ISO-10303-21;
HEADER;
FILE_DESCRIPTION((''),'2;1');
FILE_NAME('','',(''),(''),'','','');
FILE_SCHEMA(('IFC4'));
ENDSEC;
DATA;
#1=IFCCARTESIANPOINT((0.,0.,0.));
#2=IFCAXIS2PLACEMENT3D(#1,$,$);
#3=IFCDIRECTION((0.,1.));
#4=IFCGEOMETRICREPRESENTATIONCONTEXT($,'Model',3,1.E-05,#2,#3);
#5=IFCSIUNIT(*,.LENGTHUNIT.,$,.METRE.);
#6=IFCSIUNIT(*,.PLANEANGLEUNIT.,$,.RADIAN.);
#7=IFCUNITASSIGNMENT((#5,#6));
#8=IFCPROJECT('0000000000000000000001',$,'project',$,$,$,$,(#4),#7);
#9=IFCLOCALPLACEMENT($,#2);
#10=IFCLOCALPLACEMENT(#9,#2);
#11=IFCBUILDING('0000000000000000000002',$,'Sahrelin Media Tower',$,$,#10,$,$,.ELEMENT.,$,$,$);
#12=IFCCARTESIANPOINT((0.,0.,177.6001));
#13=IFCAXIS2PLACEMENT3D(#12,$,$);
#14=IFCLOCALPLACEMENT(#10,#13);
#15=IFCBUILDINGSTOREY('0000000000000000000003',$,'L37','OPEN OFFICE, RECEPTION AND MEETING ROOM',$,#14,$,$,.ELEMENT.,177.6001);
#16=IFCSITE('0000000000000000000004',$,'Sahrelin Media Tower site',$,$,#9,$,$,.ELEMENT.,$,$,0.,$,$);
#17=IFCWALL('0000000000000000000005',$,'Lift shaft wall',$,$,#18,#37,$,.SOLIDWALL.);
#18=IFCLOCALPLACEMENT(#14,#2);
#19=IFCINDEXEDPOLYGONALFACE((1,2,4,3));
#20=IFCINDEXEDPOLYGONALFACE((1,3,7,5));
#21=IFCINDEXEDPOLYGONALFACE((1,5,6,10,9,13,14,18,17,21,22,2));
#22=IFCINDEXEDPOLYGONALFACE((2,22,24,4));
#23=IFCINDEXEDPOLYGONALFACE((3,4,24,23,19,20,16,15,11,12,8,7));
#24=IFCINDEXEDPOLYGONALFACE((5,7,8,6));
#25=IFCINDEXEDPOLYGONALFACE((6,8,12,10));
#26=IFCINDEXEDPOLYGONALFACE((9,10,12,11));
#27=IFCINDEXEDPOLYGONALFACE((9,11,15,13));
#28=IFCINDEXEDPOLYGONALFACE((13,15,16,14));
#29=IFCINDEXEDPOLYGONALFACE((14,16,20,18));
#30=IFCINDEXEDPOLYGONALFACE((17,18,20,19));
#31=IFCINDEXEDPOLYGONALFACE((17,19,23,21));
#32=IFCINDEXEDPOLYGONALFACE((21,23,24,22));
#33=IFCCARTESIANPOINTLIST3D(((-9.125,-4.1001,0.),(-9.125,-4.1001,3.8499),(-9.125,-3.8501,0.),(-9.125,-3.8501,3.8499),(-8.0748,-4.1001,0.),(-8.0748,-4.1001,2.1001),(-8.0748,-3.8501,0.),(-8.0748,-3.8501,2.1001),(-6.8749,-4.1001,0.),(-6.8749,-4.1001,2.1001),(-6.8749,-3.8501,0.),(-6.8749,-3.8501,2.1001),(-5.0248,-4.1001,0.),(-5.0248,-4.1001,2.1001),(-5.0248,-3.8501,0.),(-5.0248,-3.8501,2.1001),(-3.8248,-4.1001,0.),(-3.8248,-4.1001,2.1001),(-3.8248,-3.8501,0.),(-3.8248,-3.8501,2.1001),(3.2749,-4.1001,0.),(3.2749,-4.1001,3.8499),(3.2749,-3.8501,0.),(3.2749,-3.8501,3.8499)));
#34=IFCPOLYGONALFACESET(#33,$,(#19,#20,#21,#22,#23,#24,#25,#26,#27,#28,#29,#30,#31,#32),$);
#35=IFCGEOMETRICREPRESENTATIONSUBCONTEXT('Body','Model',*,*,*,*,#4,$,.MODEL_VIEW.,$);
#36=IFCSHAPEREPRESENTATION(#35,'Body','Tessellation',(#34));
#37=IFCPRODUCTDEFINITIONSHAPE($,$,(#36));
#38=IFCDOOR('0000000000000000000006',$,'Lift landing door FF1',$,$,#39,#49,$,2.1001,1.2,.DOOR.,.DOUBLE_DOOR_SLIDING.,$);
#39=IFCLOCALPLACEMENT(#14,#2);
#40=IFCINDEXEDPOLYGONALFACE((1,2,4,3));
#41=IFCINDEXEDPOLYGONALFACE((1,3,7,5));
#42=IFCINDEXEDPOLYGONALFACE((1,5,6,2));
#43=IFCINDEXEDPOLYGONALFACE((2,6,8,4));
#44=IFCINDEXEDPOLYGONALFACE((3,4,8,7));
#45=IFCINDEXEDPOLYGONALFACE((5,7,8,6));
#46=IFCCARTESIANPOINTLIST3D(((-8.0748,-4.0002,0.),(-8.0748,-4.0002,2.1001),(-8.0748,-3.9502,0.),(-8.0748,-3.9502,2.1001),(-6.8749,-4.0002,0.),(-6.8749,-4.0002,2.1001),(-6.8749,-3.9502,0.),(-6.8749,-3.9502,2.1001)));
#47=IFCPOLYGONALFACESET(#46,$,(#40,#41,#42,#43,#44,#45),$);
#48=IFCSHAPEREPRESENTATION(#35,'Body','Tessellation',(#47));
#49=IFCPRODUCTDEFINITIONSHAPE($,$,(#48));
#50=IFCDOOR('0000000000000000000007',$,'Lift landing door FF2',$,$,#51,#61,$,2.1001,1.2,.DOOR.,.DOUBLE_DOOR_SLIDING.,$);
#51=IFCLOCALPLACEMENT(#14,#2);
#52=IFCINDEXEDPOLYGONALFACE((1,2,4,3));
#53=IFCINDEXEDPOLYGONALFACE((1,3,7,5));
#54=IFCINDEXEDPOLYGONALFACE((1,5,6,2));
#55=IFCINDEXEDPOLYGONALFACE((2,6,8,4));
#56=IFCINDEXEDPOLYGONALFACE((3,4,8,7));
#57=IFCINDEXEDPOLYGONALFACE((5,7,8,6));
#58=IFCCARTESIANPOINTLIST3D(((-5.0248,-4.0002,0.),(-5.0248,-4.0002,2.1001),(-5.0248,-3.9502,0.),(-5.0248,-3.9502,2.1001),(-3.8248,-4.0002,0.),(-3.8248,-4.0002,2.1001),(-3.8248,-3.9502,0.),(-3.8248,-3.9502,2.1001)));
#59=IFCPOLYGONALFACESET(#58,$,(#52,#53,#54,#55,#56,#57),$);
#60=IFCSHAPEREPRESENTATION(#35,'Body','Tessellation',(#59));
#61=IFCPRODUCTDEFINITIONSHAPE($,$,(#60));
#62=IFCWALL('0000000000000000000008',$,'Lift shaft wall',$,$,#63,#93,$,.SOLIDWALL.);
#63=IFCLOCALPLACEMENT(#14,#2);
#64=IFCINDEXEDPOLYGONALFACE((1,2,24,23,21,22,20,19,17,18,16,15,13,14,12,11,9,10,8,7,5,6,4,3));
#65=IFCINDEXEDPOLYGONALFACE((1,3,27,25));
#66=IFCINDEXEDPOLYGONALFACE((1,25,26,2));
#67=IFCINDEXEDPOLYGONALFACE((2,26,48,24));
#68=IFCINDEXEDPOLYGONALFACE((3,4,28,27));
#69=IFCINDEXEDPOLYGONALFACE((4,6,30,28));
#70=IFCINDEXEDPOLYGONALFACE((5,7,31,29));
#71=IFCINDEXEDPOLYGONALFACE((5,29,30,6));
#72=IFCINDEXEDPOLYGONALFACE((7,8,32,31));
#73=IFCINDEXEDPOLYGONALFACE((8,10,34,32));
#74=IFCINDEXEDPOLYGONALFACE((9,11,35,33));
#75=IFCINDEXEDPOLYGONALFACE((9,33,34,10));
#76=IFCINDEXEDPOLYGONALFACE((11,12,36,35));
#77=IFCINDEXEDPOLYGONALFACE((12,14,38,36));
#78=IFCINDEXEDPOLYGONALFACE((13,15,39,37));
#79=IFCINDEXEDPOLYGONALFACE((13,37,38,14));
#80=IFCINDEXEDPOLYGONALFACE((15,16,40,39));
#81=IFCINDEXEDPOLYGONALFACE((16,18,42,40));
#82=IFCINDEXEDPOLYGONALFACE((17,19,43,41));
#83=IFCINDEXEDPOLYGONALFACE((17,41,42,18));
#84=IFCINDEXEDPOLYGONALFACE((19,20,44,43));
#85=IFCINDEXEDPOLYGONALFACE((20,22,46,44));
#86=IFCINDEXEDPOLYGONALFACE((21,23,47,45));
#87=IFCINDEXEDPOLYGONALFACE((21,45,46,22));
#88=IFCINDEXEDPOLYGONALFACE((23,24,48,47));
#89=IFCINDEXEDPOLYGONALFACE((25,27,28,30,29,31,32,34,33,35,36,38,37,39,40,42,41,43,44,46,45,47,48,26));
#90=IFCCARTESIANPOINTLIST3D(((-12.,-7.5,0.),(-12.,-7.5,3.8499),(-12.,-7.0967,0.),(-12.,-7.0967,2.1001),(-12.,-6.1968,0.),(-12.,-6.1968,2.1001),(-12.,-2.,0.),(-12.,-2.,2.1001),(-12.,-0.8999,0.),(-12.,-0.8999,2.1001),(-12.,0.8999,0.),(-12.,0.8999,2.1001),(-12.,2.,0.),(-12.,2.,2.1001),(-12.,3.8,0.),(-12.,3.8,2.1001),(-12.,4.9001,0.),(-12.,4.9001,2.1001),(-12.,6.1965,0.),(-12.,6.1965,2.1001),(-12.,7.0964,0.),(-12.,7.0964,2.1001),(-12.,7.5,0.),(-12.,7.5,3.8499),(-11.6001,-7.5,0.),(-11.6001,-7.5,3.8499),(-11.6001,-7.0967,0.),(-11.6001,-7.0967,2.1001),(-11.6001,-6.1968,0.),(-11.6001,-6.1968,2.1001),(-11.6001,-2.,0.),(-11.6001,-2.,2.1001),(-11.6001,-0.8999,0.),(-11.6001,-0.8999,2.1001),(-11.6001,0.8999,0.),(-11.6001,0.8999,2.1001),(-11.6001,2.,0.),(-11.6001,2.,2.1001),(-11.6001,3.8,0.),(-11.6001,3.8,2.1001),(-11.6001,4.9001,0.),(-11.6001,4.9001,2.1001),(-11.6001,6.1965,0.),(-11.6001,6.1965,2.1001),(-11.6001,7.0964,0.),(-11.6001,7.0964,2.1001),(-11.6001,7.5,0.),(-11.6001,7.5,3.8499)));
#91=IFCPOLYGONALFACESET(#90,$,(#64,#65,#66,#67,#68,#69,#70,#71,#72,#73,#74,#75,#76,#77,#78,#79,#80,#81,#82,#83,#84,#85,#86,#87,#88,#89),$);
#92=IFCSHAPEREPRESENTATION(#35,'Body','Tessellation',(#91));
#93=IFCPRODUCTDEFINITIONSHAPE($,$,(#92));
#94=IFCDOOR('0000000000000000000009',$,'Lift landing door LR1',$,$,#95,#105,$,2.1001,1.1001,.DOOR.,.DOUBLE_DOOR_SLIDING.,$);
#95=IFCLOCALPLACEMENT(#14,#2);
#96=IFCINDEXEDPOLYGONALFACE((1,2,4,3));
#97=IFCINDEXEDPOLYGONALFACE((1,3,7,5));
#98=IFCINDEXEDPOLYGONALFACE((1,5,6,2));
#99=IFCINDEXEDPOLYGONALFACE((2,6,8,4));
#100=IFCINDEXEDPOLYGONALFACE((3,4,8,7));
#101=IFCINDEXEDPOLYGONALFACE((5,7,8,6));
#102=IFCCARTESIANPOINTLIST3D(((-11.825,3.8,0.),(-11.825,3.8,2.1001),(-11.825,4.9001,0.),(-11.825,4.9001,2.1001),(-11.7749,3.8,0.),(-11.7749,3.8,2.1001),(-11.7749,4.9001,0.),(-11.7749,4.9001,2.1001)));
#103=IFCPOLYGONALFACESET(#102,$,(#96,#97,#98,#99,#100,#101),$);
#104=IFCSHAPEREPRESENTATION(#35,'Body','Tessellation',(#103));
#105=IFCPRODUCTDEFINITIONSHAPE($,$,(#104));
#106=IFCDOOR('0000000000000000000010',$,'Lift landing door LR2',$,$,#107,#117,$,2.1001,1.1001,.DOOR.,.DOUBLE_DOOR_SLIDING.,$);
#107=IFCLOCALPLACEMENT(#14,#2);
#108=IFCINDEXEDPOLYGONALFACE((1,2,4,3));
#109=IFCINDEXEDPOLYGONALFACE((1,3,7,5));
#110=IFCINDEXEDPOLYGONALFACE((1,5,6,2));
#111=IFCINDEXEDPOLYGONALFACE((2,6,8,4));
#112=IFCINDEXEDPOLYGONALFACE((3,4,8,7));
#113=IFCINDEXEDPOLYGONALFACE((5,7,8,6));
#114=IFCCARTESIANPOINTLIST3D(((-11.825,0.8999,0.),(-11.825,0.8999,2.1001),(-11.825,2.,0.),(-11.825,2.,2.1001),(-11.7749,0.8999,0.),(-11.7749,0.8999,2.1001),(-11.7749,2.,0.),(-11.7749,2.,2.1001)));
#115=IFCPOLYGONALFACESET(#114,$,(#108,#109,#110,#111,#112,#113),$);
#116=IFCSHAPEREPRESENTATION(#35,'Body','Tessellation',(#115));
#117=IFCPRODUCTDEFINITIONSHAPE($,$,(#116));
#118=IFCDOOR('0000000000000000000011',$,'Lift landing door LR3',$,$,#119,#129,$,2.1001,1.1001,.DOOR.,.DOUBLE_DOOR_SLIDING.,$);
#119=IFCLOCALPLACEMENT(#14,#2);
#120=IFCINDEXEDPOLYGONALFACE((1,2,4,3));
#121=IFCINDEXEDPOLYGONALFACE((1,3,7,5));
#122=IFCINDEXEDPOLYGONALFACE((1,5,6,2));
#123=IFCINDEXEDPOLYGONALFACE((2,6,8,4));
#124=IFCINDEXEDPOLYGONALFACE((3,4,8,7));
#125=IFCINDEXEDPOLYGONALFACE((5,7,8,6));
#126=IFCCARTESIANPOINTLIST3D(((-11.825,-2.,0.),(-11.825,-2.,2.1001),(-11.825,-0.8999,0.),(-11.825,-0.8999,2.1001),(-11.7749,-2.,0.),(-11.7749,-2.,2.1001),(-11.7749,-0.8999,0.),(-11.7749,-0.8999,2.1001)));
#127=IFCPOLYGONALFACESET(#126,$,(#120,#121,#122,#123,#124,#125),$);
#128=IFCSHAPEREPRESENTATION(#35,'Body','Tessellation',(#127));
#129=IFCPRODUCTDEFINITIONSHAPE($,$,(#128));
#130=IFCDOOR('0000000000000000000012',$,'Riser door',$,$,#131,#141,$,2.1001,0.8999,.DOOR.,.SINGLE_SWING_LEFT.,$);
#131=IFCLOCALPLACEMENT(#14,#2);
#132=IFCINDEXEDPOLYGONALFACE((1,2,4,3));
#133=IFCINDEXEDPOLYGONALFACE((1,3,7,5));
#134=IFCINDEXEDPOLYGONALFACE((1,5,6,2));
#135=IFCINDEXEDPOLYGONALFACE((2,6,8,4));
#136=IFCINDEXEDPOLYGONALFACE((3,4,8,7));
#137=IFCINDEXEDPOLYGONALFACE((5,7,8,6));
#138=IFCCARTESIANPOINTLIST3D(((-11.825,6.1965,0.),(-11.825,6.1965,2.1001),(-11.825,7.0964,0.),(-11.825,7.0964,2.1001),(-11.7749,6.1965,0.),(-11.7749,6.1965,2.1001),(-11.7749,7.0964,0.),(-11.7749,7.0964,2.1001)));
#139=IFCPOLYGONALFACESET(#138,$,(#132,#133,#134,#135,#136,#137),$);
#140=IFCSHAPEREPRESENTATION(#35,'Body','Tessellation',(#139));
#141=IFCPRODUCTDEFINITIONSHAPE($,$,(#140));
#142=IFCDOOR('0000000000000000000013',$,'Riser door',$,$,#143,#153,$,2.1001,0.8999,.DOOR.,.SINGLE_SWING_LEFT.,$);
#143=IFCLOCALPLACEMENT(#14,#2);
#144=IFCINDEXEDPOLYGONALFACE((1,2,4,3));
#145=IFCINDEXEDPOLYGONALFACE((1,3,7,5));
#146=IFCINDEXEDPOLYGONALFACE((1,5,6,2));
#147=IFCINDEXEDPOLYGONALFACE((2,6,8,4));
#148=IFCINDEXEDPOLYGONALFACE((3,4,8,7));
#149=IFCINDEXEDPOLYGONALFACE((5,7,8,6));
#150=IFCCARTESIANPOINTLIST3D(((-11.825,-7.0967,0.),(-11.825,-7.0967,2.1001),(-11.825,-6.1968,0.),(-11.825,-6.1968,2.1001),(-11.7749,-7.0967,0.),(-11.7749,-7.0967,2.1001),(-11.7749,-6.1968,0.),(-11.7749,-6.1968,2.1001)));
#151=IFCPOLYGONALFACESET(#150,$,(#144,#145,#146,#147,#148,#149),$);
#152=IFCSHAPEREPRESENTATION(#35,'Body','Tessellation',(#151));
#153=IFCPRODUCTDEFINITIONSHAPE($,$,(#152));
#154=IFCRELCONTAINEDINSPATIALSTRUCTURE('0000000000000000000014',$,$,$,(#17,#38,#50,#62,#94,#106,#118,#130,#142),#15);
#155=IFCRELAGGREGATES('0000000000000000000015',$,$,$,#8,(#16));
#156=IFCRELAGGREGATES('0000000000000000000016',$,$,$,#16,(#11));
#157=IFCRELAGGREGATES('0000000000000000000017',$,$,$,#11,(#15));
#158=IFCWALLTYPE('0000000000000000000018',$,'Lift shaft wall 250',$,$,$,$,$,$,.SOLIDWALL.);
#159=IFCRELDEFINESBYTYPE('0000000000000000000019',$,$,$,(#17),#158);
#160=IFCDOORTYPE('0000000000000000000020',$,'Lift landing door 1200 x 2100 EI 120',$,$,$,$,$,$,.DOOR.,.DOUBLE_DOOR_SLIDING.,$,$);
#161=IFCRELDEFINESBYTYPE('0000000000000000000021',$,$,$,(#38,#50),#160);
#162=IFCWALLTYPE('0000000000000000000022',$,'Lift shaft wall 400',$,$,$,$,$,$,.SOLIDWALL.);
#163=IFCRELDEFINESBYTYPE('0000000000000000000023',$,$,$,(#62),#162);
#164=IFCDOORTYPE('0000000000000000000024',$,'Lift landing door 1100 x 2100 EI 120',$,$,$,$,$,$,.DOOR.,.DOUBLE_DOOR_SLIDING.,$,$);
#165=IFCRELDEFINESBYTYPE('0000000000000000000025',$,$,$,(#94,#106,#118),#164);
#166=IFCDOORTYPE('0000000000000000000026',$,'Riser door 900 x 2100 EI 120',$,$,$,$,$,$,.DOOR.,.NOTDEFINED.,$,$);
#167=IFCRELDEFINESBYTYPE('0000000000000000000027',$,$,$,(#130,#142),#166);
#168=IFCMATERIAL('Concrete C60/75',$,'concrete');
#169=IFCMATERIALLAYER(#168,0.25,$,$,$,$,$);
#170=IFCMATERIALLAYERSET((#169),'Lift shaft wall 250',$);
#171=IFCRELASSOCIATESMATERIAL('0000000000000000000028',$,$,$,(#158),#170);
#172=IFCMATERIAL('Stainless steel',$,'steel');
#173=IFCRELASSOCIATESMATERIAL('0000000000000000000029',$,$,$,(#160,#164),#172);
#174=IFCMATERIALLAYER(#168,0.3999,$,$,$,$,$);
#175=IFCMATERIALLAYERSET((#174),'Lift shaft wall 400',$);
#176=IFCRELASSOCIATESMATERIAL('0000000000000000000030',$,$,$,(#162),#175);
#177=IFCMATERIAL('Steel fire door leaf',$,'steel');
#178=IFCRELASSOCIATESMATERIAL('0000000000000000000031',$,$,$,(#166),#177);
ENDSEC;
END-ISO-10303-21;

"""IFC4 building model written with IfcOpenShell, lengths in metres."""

from ifc_helpers import new_model, si_unit, direction, frame, frame_2d, origin, place, context, subcontext, project, spatial, rectangle, extrude, material, layer, layer_set, type_object, element, fill, save


model = new_model("IFC4")

# Units and contexts
model_context = context("Model", 3, precision=1e-05, world=origin(), true_north=direction((0.0, 1.0)))
body_context = subcontext(model_context, "Body", "Model", "MODEL_VIEW")
ifc_project = project(units=[si_unit("LENGTHUNIT", "METRE"), si_unit("PLANEANGLEUNIT", "RADIAN")], contexts=[model_context])

# Site, building, storey
site_placement = place(None, origin())
site = spatial("IfcSite", under=ifc_project, at=site_placement, Name="Sahrelin Media Tower site", CompositionType="ELEMENT", RefElevation=0.0)
building_placement = place(site_placement, origin())
building = spatial("IfcBuilding", under=site, at=building_placement, Name="Sahrelin Media Tower", CompositionType="ELEMENT")
storey_placement = place(building_placement, frame((0.0, 0.0, 177.6001)))
storey = spatial("IfcBuildingStorey", under=building, at=storey_placement, Name="L37", Description="OPEN OFFICE, RECEPTION AND MEETING ROOM", CompositionType="ELEMENT", Elevation=177.6001)

# Shared definitions
ifc_material_1 = material(Name="Concrete C60/75", Category="concrete")
ifc_material_2 = material(Name="Steel fire door leaf", Category="steel")

# Walls, openings, doors
ifc_layer_1 = layer(ifc_material_1, 0.25)
ifc_layer_set_1 = layer_set([ifc_layer_1], Name="Lift shaft wall 250")
wall_type_1 = type_object("IfcWallType", Name="Lift shaft wall 250", PredefinedType="SOLIDWALL", material=ifc_layer_set_1)
wall_1_placement = place(storey_placement, frame((-9.125, -3.9751, 0.0), z_axis=(0.0, 0.0, 1.0), x_axis=(1.0, 0.0, 0.0)))
wall_1 = element("IfcWall", 1, at=wall_1_placement, inside=storey, type_object=wall_type_1, Name="Lift shaft wall", PredefinedType="SOLIDWALL", context=body_context, shape_type="SweptSolid", body=[
    extrude(rectangle(XDim=12.3999, YDim=0.25, at=frame_2d((6.2, 0.0))), origin(), (0.0, 0.0, 1.0), 3.8499),
])
opening_1_placement = place(wall_1_placement, frame((1.05, 0.0, 0.0)))
opening_1 = element("IfcOpeningElement", 2, at=opening_1_placement, cuts=wall_1, PredefinedType="OPENING", context=body_context, shape_type="SweptSolid", body=[
    extrude(rectangle(XDim=1.2, YDim=2.1001, at=frame_2d((0.6001, 1.05))), frame((0.0, 0.125, 0.0), z_axis=(0.0, -1.0, 0.0), x_axis=(1.0, 0.0, 0.0)), (0.0, 0.0, 1.0), 0.25),
])
opening_2_placement = place(wall_1_placement, frame((4.1001, 0.0, 0.0)))
opening_2 = element("IfcOpeningElement", 3, at=opening_2_placement, cuts=wall_1, PredefinedType="OPENING", context=body_context, shape_type="SweptSolid", body=[
    extrude(rectangle(XDim=1.2, YDim=2.1001, at=frame_2d((0.6001, 1.05))), frame((0.0, 0.125, 0.0), z_axis=(0.0, -1.0, 0.0), x_axis=(1.0, 0.0, 0.0)), (0.0, 0.0, 1.0), 0.25),
])
ifc_material_3 = material(Name="Stainless steel", Category="steel")
door_type_1 = type_object("IfcDoorType", Name="Lift landing door 1200 x 2100 EI 120", OperationType="DOUBLE_DOOR_SLIDING", PredefinedType="DOOR", material=ifc_material_3)
door_1_placement = place(opening_1_placement, origin())
door_1 = element("IfcDoor", 4, at=door_1_placement, inside=storey, type_object=door_type_1, Name="Lift landing door FF1", OperationType="DOUBLE_DOOR_SLIDING", OverallHeight=2.1001, OverallWidth=1.2, PredefinedType="DOOR", context=body_context, shape_type="SweptSolid", body=[
    extrude(rectangle(XDim=1.2, YDim=2.1001, at=frame_2d((0.6001, 1.05))), frame((0.0, 0.0249, 0.0), z_axis=(0.0, -1.0, 0.0), x_axis=(1.0, 0.0, 0.0)), (0.0, 0.0, 1.0), 0.05),
])
fill(opening_1, door_1)
door_2_placement = place(opening_2_placement, origin())
door_2 = element("IfcDoor", 5, at=door_2_placement, inside=storey, type_object=door_type_1, Name="Lift landing door FF2", OperationType="DOUBLE_DOOR_SLIDING", OverallHeight=2.1001, OverallWidth=1.2, PredefinedType="DOOR", context=body_context, shape_type="SweptSolid", body=[
    extrude(rectangle(XDim=1.2, YDim=2.1001, at=frame_2d((0.6001, 1.05))), frame((0.0, 0.0249, 0.0), z_axis=(0.0, -1.0, 0.0), x_axis=(1.0, 0.0, 0.0)), (0.0, 0.0, 1.0), 0.05),
])
fill(opening_2, door_2)
ifc_layer_2 = layer(ifc_material_1, 0.3999)
ifc_layer_set_2 = layer_set([ifc_layer_2], Name="Lift shaft wall 400")
wall_type_2 = type_object("IfcWallType", Name="Lift shaft wall 400", PredefinedType="SOLIDWALL", material=ifc_layer_set_2)
wall_2_placement = place(storey_placement, frame((-11.8, -7.5, 0.0), z_axis=(0.0, 0.0, 1.0), x_axis=(0.0, 1.0, 0.0)))
wall_2 = element("IfcWall", 6, at=wall_2_placement, inside=storey, type_object=wall_type_2, Name="Lift shaft wall", PredefinedType="SOLIDWALL", context=body_context, shape_type="SweptSolid", body=[
    extrude(rectangle(XDim=15.0, YDim=0.3999, at=frame_2d((7.5, 0.0))), origin(), (0.0, 0.0, 1.0), 3.8499),
])
opening_3_placement = place(wall_2_placement, frame((11.3, 0.0, 0.0)))
opening_3 = element("IfcOpeningElement", 7, at=opening_3_placement, cuts=wall_2, PredefinedType="OPENING", context=body_context, shape_type="SweptSolid", body=[
    extrude(rectangle(XDim=1.1001, YDim=2.1001, at=frame_2d((0.55, 1.05))), frame((0.0, 0.2, 0.0), z_axis=(0.0, -1.0, 0.0), x_axis=(1.0, 0.0, 0.0)), (0.0, 0.0, 1.0), 0.3999),
])
opening_4_placement = place(wall_2_placement, frame((8.3999, 0.0, 0.0)))
opening_4 = element("IfcOpeningElement", 8, at=opening_4_placement, cuts=wall_2, PredefinedType="OPENING", context=body_context, shape_type="SweptSolid", body=[
    extrude(rectangle(XDim=1.1001, YDim=2.1001, at=frame_2d((0.55, 1.05))), frame((0.0, 0.2, 0.0), z_axis=(0.0, -1.0, 0.0), x_axis=(1.0, 0.0, 0.0)), (0.0, 0.0, 1.0), 0.3999),
])
opening_5_placement = place(wall_2_placement, frame((5.5, 0.0, 0.0)))
opening_5 = element("IfcOpeningElement", 9, at=opening_5_placement, cuts=wall_2, PredefinedType="OPENING", context=body_context, shape_type="SweptSolid", body=[
    extrude(rectangle(XDim=1.1001, YDim=2.1001, at=frame_2d((0.55, 1.05))), frame((0.0, 0.2, 0.0), z_axis=(0.0, -1.0, 0.0), x_axis=(1.0, 0.0, 0.0)), (0.0, 0.0, 1.0), 0.3999),
])
opening_6_placement = place(wall_2_placement, frame((13.6965, 0.0, 0.0)))
opening_6 = element("IfcOpeningElement", 10, at=opening_6_placement, cuts=wall_2, PredefinedType="OPENING", context=body_context, shape_type="SweptSolid", body=[
    extrude(rectangle(XDim=0.8999, YDim=2.1001, at=frame_2d((0.45, 1.05))), frame((0.0, 0.2, 0.0), z_axis=(0.0, -1.0, 0.0), x_axis=(1.0, 0.0, 0.0)), (0.0, 0.0, 1.0), 0.3999),
])
opening_7_placement = place(wall_2_placement, frame((0.4033, 0.0, 0.0)))
opening_7 = element("IfcOpeningElement", 11, at=opening_7_placement, cuts=wall_2, PredefinedType="OPENING", context=body_context, shape_type="SweptSolid", body=[
    extrude(rectangle(XDim=0.8999, YDim=2.1001, at=frame_2d((0.45, 1.05))), frame((0.0, 0.2, 0.0), z_axis=(0.0, -1.0, 0.0), x_axis=(1.0, 0.0, 0.0)), (0.0, 0.0, 1.0), 0.3999),
])
door_type_2 = type_object("IfcDoorType", Name="Lift landing door 1100 x 2100 EI 120", OperationType="DOUBLE_DOOR_SLIDING", PredefinedType="DOOR", material=ifc_material_3)
door_3_placement = place(opening_3_placement, origin())
door_3 = element("IfcDoor", 12, at=door_3_placement, inside=storey, type_object=door_type_2, Name="Lift landing door LR1", OperationType="DOUBLE_DOOR_SLIDING", OverallHeight=2.1001, OverallWidth=1.1001, PredefinedType="DOOR", context=body_context, shape_type="SweptSolid", body=[
    extrude(rectangle(XDim=1.1001, YDim=2.1001, at=frame_2d((0.55, 1.05))), frame((0.0, 0.0249, 0.0), z_axis=(0.0, -1.0, 0.0), x_axis=(1.0, 0.0, 0.0)), (0.0, 0.0, 1.0), 0.05),
])
fill(opening_3, door_3)
door_4_placement = place(opening_4_placement, origin())
door_4 = element("IfcDoor", 13, at=door_4_placement, inside=storey, type_object=door_type_2, Name="Lift landing door LR2", OperationType="DOUBLE_DOOR_SLIDING", OverallHeight=2.1001, OverallWidth=1.1001, PredefinedType="DOOR", context=body_context, shape_type="SweptSolid", body=[
    extrude(rectangle(XDim=1.1001, YDim=2.1001, at=frame_2d((0.55, 1.05))), frame((0.0, 0.0249, 0.0), z_axis=(0.0, -1.0, 0.0), x_axis=(1.0, 0.0, 0.0)), (0.0, 0.0, 1.0), 0.05),
])
fill(opening_4, door_4)
door_5_placement = place(opening_5_placement, origin())
door_5 = element("IfcDoor", 14, at=door_5_placement, inside=storey, type_object=door_type_2, Name="Lift landing door LR3", OperationType="DOUBLE_DOOR_SLIDING", OverallHeight=2.1001, OverallWidth=1.1001, PredefinedType="DOOR", context=body_context, shape_type="SweptSolid", body=[
    extrude(rectangle(XDim=1.1001, YDim=2.1001, at=frame_2d((0.55, 1.05))), frame((0.0, 0.0249, 0.0), z_axis=(0.0, -1.0, 0.0), x_axis=(1.0, 0.0, 0.0)), (0.0, 0.0, 1.0), 0.05),
])
fill(opening_5, door_5)
door_type_3 = type_object("IfcDoorType", Name="Riser door 900 x 2100 EI 120", OperationType="NOTDEFINED", PredefinedType="DOOR", material=ifc_material_2)
door_6_placement = place(opening_6_placement, origin())
door_6 = element("IfcDoor", 15, at=door_6_placement, inside=storey, type_object=door_type_3, Name="Riser door", OperationType="SINGLE_SWING_LEFT", OverallHeight=2.1001, OverallWidth=0.8999, PredefinedType="DOOR", context=body_context, shape_type="SweptSolid", body=[
    extrude(rectangle(XDim=0.8999, YDim=2.1001, at=frame_2d((0.45, 1.05))), frame((0.0, 0.0249, 0.0), z_axis=(0.0, -1.0, 0.0), x_axis=(1.0, 0.0, 0.0)), (0.0, 0.0, 1.0), 0.05),
])
fill(opening_6, door_6)
door_7_placement = place(opening_7_placement, origin())
door_7 = element("IfcDoor", 16, at=door_7_placement, inside=storey, type_object=door_type_3, Name="Riser door", OperationType="SINGLE_SWING_LEFT", OverallHeight=2.1001, OverallWidth=0.8999, PredefinedType="DOOR", context=body_context, shape_type="SweptSolid", body=[
    extrude(rectangle(XDim=0.8999, YDim=2.1001, at=frame_2d((0.45, 1.05))), frame((0.0, 0.0249, 0.0), z_axis=(0.0, -1.0, 0.0), x_axis=(1.0, 0.0, 0.0)), (0.0, 0.0, 1.0), 0.05),
])
fill(opening_7, door_7)

save(model, "model.ifc")
